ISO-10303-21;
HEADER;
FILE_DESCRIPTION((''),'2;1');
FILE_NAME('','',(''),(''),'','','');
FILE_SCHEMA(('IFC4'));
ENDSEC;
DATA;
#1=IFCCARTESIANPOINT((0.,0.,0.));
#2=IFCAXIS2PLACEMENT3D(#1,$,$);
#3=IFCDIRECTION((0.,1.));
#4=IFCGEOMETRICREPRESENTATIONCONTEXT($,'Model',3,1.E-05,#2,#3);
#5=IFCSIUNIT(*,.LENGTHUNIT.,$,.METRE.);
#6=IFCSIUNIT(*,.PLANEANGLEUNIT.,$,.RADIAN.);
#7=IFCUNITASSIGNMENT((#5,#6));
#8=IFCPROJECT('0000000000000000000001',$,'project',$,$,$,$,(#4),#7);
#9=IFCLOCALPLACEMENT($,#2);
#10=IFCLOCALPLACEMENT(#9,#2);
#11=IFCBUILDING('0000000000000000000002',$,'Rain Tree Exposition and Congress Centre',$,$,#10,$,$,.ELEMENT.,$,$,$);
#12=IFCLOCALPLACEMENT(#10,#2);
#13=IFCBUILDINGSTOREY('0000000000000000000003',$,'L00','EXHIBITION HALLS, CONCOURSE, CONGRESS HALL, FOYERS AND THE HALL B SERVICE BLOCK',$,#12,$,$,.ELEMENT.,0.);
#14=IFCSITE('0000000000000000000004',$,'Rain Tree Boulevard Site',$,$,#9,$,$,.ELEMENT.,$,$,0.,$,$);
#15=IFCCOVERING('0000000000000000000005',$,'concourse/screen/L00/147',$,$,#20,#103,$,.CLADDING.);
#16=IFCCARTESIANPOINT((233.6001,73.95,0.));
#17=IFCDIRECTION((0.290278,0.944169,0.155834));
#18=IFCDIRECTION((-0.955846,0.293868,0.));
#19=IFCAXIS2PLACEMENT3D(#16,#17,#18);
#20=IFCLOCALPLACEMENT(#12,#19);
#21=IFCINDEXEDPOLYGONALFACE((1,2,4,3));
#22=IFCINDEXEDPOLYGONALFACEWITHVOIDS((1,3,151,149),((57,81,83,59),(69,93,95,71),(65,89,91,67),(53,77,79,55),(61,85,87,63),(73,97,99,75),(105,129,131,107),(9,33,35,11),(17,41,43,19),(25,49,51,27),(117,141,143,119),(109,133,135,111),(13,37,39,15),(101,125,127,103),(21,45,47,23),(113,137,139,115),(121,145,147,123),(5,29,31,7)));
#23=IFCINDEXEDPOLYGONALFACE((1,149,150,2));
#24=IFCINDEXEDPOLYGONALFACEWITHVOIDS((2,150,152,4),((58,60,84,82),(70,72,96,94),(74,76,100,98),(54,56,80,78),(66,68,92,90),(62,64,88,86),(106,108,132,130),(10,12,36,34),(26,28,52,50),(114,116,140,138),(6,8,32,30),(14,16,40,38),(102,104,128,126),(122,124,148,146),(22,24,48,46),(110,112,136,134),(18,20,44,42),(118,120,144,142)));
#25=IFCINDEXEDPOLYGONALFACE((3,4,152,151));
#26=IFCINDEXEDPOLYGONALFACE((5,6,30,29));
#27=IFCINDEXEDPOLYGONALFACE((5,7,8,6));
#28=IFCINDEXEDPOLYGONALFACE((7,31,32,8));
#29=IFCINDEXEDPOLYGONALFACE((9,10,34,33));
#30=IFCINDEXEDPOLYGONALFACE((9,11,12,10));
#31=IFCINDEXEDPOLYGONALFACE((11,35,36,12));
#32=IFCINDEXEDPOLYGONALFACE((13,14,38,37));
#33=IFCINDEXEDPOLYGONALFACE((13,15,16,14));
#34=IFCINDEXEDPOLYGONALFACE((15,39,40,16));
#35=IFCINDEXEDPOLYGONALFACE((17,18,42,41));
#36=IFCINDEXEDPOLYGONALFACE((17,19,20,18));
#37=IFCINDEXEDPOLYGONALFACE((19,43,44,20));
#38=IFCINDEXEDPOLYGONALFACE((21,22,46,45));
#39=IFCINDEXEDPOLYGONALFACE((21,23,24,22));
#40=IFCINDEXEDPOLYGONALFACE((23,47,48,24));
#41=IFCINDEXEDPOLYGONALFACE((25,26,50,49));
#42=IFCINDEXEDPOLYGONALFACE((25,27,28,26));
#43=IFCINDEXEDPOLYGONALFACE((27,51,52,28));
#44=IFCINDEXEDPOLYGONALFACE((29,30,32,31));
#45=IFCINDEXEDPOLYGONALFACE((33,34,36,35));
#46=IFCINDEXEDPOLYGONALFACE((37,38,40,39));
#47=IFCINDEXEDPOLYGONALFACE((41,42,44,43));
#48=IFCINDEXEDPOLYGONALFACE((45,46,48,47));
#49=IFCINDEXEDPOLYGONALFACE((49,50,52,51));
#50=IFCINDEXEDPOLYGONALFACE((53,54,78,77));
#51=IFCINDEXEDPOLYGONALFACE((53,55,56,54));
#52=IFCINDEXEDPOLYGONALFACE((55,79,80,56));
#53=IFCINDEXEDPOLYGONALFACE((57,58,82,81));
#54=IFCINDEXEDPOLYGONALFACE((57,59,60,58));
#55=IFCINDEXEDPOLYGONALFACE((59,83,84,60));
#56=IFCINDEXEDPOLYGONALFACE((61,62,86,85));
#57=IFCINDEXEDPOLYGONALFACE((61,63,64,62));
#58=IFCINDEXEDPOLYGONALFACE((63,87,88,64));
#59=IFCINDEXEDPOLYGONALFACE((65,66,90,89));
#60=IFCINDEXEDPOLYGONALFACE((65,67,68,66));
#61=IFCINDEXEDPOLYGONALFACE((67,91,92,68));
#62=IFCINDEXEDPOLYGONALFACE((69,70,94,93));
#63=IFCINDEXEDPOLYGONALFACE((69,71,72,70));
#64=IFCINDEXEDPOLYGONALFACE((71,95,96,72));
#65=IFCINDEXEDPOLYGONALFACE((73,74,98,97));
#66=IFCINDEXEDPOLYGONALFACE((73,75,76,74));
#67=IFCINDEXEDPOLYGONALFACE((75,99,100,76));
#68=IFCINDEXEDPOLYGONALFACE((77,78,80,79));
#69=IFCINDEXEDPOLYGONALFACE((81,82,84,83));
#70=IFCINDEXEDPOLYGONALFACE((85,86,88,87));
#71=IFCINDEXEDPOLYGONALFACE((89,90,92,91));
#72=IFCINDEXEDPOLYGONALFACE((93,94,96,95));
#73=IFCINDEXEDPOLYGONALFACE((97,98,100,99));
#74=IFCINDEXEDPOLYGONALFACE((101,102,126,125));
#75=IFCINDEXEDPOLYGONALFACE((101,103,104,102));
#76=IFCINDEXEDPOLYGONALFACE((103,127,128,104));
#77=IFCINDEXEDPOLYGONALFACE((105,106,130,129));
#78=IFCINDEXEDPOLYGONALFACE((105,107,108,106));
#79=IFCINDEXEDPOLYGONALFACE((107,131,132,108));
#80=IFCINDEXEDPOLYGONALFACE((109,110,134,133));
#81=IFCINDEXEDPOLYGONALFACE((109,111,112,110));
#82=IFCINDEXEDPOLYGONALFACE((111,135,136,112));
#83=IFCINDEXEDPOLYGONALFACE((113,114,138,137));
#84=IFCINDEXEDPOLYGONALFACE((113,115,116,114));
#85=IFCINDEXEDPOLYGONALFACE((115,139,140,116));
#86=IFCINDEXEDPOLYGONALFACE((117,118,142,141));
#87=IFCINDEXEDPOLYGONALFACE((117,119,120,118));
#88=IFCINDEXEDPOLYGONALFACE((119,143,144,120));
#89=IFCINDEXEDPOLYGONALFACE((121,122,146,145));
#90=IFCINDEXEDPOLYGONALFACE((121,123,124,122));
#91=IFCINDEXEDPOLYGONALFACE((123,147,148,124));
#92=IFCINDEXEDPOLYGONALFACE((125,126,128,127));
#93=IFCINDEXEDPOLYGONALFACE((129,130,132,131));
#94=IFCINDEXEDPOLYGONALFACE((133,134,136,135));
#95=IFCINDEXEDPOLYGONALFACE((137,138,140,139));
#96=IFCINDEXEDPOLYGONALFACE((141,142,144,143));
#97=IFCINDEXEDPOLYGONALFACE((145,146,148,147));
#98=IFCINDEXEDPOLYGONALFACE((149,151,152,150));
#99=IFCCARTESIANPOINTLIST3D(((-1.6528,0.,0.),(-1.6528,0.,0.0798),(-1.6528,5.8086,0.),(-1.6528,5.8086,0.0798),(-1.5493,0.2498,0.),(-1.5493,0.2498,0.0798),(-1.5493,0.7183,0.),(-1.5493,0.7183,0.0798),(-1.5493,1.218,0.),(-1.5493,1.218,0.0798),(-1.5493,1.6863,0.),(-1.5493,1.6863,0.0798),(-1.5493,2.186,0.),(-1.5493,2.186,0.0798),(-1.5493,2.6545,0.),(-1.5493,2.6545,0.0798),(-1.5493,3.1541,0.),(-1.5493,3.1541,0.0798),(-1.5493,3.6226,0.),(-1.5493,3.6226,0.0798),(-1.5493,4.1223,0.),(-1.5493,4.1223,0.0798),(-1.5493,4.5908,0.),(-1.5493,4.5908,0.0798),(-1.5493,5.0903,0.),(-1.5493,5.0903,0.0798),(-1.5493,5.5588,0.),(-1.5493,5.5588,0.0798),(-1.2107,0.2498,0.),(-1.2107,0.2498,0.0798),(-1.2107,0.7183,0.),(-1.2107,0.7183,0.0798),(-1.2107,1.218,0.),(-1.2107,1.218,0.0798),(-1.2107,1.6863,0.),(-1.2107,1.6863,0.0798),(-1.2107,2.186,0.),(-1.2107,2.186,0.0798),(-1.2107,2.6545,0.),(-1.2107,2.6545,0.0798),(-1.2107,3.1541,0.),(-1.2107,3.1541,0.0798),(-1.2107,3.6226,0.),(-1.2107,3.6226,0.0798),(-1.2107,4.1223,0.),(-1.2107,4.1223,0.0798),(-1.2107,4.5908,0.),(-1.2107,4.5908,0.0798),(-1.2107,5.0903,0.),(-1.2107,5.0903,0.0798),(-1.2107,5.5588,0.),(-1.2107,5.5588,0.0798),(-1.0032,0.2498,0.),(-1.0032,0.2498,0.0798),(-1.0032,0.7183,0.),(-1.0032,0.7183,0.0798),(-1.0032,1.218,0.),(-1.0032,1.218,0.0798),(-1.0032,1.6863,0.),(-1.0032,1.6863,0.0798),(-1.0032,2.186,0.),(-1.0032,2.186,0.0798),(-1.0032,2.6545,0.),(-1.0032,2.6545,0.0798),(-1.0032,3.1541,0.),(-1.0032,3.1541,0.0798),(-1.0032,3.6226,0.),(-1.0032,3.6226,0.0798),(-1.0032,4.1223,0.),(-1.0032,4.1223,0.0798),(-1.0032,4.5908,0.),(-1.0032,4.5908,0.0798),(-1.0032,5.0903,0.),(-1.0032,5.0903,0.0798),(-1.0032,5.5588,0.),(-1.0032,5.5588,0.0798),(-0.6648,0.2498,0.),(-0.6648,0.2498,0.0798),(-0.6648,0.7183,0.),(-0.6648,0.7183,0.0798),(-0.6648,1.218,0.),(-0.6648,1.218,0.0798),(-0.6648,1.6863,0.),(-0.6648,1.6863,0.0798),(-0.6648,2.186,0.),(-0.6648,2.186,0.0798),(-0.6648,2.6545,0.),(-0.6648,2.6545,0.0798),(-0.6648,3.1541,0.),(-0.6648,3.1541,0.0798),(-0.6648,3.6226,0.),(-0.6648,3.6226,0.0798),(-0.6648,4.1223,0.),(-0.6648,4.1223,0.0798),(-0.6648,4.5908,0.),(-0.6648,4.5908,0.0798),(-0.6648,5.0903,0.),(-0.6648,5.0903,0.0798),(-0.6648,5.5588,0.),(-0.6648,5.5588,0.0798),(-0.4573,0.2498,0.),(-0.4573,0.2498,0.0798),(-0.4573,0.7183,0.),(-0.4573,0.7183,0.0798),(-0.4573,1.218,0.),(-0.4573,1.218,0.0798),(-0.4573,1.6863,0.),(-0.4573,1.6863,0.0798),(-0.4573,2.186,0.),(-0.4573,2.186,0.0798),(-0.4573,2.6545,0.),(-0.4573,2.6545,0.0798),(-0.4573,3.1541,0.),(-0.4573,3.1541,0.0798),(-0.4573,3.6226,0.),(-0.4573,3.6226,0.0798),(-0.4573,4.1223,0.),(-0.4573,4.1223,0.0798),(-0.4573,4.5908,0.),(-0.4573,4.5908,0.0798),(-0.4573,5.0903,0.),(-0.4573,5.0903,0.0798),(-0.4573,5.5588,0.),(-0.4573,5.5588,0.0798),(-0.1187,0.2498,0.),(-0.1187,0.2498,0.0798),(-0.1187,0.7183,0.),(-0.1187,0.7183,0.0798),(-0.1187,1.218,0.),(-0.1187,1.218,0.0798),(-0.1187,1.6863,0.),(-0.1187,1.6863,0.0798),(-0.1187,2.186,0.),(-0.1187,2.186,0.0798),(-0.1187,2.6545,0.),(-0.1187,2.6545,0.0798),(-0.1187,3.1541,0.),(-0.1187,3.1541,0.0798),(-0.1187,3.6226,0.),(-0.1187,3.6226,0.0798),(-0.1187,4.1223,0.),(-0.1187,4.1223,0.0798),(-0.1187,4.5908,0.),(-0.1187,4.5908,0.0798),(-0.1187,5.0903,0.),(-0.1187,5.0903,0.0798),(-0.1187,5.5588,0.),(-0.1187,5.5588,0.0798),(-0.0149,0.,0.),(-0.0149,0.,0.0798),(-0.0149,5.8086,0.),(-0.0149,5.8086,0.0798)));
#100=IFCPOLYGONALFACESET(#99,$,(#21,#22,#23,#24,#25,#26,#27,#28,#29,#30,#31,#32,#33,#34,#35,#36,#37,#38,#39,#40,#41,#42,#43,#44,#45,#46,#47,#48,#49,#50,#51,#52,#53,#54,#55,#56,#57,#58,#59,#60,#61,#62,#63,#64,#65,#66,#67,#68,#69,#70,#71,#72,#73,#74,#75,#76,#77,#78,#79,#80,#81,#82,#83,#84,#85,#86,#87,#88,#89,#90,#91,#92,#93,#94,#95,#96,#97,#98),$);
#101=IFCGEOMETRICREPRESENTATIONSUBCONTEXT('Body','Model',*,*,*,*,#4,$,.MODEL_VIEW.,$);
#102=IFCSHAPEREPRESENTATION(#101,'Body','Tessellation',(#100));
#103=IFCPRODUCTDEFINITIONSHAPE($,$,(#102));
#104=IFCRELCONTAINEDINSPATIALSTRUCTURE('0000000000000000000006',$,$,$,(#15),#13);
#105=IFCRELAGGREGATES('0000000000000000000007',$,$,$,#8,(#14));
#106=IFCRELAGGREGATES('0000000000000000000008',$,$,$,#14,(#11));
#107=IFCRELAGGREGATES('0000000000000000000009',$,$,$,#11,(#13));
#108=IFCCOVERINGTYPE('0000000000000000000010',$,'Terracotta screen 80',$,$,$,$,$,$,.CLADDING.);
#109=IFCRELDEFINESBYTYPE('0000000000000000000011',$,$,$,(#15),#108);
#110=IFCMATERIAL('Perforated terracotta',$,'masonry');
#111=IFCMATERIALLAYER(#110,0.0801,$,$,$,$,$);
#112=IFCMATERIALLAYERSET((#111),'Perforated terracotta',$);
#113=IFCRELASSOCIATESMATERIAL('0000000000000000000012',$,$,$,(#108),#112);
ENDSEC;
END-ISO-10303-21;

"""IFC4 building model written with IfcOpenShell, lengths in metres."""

from ifc_helpers import new_model, si_unit, direction, frame, origin, place, context, subcontext, project, spatial, polyline, outline, extrude, material, layer, layer_set, type_object, element, save


model = new_model("IFC4")

# Units and contexts
model_context = context("Model", 3, precision=1e-05, world=origin(), true_north=direction((0.0, 1.0)))
body_context = subcontext(model_context, "Body", "Model", "MODEL_VIEW")
ifc_project = project(units=[si_unit("LENGTHUNIT", "METRE"), si_unit("PLANEANGLEUNIT", "RADIAN")], contexts=[model_context])

# Site, building, storey
site_placement = place(None, origin())
site = spatial("IfcSite", under=ifc_project, at=site_placement, Name="Rain Tree Boulevard Site", CompositionType="ELEMENT", RefElevation=0.0)
building_placement = place(site_placement, origin())
building = spatial("IfcBuilding", under=site, at=building_placement, Name="Rain Tree Exposition and Congress Centre", CompositionType="ELEMENT")
storey_placement = place(building_placement, origin())
storey = spatial("IfcBuildingStorey", under=building, at=storey_placement, Name="L00", Description="EXHIBITION HALLS, CONCOURSE, CONGRESS HALL, FOYERS AND THE HALL B SERVICE BLOCK", CompositionType="ELEMENT", Elevation=0.0)

# Covering
ifc_material_1 = material(Name="Perforated terracotta", Category="masonry")
ifc_layer_1 = layer(ifc_material_1, 0.0801)
ifc_layer_set_1 = layer_set([ifc_layer_1], Name="Perforated terracotta")
covering_type = type_object("IfcCoveringType", Name="Terracotta screen 80", PredefinedType="CLADDING", material=ifc_layer_set_1)
covering_1_placement = place(storey_placement, frame((233.6001, 73.95, 0.0), z_axis=(0.290278, 0.944169, 0.155834), x_axis=(-0.955846, 0.293868, 0.0)))
element("IfcCovering", 1, at=covering_1_placement, inside=storey, type_object=covering_type, Name="concourse/screen/L00/147", PredefinedType="CLADDING", context=body_context, shape_type="SweptSolid", body=[
    extrude(outline(polyline([(-0.0149, 0.0), (-1.6528, 0.0), (-1.6528, 5.8086), (-0.0149, 5.8086), (-0.0149, 0.0)]), holes=[polyline([(-0.1187, 0.2498), (-0.1187, 0.7183), (-0.4573, 0.7183), (-0.4573, 0.2498), (-0.1187, 0.2498)]), polyline([(-0.1187, 1.218), (-0.1187, 1.6863), (-0.4573, 1.6863), (-0.4573, 1.218), (-0.1187, 1.218)]), polyline([(-0.1187, 2.186), (-0.1187, 2.6545), (-0.4573, 2.6545), (-0.4573, 2.186), (-0.1187, 2.186)]), polyline([(-0.1187, 3.1541), (-0.1187, 3.6226), (-0.4573, 3.6226), (-0.4573, 3.1541), (-0.1187, 3.1541)]), polyline([(-0.1187, 4.1223), (-0.1187, 4.5908), (-0.4573, 4.5908), (-0.4573, 4.1223), (-0.1187, 4.1223)]), polyline([(-0.1187, 5.0903), (-0.1187, 5.5588), (-0.4573, 5.5588), (-0.4573, 5.0903), (-0.1187, 5.0903)]), polyline([(-0.6648, 0.2498), (-0.6648, 0.7183), (-1.0032, 0.7183), (-1.0032, 0.2498), (-0.6648, 0.2498)]), polyline([(-0.6648, 1.218), (-0.6648, 1.6863), (-1.0032, 1.6863), (-1.0032, 1.218), (-0.6648, 1.218)]), polyline([(-0.6648, 2.186), (-0.6648, 2.6545), (-1.0032, 2.6545), (-1.0032, 2.186), (-0.6648, 2.186)]), polyline([(-0.6648, 3.1541), (-0.6648, 3.6226), (-1.0032, 3.6226), (-1.0032, 3.1541), (-0.6648, 3.1541)]), polyline([(-0.6648, 4.1223), (-0.6648, 4.5908), (-1.0032, 4.5908), (-1.0032, 4.1223), (-0.6648, 4.1223)]), polyline([(-0.6648, 5.0903), (-0.6648, 5.5588), (-1.0032, 5.5588), (-1.0032, 5.0903), (-0.6648, 5.0903)]), polyline([(-1.2107, 0.2498), (-1.2107, 0.7183), (-1.5493, 0.7183), (-1.5493, 0.2498), (-1.2107, 0.2498)]), polyline([(-1.2107, 1.218), (-1.2107, 1.6863), (-1.5493, 1.6863), (-1.5493, 1.218), (-1.2107, 1.218)]), polyline([(-1.2107, 2.186), (-1.2107, 2.6545), (-1.5493, 2.6545), (-1.5493, 2.186), (-1.2107, 2.186)]), polyline([(-1.2107, 3.1541), (-1.2107, 3.6226), (-1.5493, 3.6226), (-1.5493, 3.1541), (-1.2107, 3.1541)]), polyline([(-1.2107, 4.1223), (-1.2107, 4.5908), (-1.5493, 4.5908), (-1.5493, 4.1223), (-1.2107, 4.1223)]), polyline([(-1.2107, 5.0903), (-1.2107, 5.5588), (-1.5493, 5.5588), (-1.5493, 5.0903), (-1.2107, 5.0903)])]), origin(), (0.0, 0.0, 1.0), 0.0798),
])

save(model, "model.ifc")
